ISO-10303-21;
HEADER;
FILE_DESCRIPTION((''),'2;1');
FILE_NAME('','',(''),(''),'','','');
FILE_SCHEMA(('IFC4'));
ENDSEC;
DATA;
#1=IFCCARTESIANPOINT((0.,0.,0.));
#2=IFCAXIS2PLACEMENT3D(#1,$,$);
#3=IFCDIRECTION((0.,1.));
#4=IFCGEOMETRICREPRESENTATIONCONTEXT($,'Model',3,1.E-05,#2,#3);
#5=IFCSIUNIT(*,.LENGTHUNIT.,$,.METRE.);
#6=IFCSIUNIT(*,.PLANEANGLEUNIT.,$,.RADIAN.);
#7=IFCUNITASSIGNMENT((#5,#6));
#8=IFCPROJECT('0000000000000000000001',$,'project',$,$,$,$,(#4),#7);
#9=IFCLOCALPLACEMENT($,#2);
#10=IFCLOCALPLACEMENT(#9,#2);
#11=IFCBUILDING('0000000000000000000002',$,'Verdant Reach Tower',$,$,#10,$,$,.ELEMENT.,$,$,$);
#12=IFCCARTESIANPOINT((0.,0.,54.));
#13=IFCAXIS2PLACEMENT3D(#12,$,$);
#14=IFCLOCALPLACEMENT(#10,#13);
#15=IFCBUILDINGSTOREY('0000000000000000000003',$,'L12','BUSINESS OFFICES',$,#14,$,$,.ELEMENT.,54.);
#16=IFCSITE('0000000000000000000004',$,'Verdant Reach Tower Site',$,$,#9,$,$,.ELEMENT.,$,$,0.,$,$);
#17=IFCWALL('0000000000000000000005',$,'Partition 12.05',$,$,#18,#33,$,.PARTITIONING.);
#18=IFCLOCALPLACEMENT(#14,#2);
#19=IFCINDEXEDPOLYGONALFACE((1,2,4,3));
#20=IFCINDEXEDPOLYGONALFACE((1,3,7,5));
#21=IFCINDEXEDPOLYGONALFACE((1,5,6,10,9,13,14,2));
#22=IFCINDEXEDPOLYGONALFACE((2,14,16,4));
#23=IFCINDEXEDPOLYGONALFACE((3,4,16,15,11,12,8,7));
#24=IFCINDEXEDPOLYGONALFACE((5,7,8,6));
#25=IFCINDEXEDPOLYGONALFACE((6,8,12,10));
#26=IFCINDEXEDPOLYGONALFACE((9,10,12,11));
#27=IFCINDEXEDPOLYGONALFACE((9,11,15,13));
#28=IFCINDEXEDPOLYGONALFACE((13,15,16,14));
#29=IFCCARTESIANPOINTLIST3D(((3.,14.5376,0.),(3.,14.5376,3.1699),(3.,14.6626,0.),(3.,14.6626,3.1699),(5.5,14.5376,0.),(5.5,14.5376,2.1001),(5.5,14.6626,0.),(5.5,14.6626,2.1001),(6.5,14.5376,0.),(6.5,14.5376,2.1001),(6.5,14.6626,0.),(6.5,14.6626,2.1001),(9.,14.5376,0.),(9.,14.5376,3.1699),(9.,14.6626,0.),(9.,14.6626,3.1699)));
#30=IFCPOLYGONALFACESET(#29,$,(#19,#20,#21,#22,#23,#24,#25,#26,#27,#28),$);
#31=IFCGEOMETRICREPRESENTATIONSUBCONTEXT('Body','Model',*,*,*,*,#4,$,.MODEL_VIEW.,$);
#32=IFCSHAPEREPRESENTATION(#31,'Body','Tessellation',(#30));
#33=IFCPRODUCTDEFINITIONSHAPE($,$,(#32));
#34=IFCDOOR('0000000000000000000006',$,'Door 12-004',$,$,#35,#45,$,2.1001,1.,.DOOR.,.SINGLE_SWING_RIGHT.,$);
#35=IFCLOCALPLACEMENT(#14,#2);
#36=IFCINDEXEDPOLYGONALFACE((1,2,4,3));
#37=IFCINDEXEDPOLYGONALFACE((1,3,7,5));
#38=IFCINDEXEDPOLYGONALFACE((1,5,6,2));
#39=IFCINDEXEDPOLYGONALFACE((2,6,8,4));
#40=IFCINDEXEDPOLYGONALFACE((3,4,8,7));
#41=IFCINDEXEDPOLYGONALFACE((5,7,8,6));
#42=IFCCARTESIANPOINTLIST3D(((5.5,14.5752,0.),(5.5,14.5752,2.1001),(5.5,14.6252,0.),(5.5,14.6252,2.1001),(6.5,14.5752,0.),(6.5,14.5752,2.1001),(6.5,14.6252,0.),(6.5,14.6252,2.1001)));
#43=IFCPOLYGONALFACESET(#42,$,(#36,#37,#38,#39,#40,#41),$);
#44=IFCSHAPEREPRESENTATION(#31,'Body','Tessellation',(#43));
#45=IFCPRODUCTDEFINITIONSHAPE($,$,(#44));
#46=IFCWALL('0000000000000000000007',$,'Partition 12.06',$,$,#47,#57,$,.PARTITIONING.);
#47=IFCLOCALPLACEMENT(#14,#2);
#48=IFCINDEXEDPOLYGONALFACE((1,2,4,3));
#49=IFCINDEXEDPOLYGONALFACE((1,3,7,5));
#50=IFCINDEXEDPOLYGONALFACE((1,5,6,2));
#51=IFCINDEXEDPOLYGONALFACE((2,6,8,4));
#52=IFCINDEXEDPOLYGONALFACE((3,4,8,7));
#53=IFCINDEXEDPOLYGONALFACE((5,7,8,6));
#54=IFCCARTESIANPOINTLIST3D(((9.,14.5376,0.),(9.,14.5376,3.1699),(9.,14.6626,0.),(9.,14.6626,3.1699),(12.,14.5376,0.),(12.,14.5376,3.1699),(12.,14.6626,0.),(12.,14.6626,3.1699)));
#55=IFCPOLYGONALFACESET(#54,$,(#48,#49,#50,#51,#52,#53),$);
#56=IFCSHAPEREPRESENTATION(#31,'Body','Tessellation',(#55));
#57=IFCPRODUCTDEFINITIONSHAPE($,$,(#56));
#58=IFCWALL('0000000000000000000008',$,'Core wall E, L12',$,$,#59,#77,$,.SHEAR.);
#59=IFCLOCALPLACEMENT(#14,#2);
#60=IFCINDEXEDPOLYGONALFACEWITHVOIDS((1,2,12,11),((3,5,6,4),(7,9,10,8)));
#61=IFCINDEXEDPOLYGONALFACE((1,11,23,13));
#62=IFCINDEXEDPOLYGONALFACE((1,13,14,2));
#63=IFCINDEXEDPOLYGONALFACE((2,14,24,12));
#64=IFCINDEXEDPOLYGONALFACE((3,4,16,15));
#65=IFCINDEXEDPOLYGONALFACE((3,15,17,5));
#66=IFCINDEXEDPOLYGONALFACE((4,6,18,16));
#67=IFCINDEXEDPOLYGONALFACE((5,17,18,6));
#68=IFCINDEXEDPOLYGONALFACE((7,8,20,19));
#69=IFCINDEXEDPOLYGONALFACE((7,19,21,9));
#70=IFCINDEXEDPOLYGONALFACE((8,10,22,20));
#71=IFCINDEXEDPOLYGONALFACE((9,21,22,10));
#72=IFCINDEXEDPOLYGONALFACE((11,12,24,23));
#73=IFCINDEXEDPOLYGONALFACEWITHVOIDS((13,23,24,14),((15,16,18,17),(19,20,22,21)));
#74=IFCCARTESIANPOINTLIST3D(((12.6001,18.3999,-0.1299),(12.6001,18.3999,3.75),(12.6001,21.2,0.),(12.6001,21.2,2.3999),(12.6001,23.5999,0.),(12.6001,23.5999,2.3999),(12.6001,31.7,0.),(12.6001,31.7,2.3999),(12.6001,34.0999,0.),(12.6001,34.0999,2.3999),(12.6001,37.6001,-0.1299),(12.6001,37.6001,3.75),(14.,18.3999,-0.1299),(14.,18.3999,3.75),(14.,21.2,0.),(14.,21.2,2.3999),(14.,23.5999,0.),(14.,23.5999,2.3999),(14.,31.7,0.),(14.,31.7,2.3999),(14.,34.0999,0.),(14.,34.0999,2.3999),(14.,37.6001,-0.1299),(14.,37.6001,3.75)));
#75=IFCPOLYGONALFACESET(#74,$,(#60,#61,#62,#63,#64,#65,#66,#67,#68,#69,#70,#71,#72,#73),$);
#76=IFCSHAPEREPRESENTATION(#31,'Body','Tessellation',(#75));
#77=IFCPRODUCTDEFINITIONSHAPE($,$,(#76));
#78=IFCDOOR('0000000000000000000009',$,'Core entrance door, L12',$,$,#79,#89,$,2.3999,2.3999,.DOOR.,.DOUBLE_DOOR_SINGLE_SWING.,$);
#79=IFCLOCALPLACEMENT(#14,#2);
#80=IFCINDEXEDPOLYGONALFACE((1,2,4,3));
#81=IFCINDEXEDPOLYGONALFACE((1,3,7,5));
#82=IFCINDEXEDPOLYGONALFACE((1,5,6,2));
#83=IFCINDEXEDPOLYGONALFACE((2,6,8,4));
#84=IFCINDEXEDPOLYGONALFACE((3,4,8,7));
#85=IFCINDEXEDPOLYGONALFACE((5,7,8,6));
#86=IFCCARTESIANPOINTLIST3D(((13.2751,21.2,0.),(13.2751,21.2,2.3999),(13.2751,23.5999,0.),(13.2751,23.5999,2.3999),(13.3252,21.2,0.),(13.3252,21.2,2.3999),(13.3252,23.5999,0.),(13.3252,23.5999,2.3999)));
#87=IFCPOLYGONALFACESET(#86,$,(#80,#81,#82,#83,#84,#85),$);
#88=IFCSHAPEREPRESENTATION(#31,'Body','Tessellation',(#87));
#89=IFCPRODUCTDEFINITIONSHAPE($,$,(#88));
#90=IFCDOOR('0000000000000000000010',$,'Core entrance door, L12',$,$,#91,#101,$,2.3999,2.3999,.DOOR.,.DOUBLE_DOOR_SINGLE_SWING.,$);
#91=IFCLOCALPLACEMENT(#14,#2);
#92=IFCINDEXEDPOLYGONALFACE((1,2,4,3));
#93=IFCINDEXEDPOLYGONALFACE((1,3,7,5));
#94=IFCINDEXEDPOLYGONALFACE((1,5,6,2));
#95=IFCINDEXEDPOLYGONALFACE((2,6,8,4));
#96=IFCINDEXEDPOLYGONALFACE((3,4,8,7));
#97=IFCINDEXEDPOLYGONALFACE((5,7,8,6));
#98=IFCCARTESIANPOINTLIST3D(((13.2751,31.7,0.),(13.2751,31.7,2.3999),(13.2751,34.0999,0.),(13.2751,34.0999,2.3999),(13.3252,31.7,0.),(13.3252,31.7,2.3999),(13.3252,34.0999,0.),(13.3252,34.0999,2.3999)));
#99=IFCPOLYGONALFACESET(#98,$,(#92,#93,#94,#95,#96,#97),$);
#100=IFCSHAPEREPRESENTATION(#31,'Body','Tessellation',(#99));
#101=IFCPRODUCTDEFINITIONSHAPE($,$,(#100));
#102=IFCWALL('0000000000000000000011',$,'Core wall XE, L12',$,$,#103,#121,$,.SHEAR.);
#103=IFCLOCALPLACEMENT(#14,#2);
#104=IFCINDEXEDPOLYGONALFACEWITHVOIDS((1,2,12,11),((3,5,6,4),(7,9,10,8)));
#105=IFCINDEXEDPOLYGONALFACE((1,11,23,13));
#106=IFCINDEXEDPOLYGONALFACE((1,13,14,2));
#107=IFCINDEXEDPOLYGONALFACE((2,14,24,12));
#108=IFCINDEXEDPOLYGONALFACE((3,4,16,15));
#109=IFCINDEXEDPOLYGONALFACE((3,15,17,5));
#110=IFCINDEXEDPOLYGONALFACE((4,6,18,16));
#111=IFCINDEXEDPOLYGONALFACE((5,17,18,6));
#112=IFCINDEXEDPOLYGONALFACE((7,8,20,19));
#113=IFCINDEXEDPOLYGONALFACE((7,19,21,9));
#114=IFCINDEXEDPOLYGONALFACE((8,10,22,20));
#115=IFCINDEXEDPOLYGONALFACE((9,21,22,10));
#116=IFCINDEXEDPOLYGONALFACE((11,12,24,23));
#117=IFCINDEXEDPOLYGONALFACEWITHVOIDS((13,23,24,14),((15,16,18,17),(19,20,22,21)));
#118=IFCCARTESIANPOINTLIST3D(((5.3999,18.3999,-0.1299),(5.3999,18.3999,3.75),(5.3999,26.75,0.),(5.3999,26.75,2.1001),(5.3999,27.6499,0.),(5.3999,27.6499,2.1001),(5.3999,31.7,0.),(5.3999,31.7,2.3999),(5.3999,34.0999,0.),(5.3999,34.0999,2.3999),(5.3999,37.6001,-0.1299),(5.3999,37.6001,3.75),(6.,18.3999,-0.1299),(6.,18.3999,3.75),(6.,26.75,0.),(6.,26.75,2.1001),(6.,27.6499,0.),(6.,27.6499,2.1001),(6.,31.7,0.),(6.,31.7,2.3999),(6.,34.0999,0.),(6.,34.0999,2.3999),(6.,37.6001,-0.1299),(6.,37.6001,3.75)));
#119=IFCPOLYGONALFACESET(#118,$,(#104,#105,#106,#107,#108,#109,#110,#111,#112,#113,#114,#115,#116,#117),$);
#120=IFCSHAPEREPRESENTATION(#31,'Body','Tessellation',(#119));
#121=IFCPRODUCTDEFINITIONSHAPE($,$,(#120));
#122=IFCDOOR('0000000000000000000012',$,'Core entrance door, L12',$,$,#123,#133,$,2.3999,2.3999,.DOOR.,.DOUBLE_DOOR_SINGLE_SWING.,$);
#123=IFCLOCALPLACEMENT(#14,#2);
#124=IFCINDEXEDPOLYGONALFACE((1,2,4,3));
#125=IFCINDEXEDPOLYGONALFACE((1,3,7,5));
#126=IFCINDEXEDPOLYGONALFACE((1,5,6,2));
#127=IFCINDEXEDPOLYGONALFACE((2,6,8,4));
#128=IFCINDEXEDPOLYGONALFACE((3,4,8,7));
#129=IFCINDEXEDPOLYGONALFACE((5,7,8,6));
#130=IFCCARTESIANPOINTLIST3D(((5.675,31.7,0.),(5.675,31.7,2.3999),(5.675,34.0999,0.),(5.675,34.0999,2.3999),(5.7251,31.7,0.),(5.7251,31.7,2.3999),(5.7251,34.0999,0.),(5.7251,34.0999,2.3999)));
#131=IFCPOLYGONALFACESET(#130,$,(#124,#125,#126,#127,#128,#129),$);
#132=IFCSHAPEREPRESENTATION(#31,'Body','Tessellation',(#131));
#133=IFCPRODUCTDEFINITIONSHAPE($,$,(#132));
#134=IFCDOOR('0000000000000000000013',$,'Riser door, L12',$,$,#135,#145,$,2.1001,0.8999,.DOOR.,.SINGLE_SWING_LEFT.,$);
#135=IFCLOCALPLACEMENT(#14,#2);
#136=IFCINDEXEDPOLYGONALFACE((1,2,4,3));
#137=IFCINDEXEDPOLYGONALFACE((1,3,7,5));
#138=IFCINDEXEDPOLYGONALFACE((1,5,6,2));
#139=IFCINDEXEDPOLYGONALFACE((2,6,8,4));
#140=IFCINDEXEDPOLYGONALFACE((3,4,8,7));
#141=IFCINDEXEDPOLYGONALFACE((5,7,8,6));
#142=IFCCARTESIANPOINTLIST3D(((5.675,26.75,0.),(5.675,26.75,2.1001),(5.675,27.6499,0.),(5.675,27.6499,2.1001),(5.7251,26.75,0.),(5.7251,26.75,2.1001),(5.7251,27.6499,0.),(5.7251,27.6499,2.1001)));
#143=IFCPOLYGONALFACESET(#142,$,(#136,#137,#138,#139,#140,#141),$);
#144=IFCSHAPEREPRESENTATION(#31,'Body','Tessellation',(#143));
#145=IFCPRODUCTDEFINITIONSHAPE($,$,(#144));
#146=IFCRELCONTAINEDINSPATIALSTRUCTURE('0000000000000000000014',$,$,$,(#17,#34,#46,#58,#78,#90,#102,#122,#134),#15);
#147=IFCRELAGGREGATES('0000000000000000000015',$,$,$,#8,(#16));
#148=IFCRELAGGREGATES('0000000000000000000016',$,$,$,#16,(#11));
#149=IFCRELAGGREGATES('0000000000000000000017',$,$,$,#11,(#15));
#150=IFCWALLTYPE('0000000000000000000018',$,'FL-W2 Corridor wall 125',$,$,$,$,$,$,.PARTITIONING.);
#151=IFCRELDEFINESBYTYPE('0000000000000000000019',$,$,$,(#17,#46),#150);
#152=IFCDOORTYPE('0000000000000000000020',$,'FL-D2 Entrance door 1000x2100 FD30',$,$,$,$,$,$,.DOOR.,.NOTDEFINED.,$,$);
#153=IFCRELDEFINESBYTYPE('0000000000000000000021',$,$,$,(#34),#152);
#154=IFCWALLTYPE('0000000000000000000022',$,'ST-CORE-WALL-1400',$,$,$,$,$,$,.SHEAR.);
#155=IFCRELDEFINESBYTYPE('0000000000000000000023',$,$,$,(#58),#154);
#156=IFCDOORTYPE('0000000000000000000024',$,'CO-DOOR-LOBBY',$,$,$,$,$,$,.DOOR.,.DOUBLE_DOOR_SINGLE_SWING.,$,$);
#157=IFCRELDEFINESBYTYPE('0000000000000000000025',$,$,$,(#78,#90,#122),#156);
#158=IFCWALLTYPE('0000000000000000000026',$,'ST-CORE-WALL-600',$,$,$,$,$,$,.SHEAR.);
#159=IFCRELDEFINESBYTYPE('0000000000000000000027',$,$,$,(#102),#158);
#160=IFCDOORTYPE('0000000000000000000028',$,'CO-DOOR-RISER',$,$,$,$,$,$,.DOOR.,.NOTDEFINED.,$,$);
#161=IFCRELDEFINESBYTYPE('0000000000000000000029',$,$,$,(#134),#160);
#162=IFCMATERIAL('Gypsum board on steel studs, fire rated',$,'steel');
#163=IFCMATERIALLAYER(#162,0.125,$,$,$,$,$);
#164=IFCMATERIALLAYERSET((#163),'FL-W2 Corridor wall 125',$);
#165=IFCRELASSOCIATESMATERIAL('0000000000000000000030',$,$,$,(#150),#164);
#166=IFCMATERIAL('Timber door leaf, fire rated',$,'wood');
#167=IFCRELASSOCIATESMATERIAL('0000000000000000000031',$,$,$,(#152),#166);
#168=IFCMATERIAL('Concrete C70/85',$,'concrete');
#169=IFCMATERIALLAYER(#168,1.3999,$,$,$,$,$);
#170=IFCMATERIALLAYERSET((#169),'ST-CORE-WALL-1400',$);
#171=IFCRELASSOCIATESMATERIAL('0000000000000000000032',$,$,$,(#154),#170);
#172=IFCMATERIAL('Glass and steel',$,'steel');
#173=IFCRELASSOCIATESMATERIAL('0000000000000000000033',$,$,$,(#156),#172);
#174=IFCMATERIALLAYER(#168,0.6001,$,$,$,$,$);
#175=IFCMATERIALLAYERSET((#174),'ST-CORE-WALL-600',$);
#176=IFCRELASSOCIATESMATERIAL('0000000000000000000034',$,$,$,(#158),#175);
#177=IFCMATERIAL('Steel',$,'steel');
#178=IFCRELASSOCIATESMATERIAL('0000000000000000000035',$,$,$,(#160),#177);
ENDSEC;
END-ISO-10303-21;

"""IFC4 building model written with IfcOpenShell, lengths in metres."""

from ifc_helpers import new_model, si_unit, direction, frame, frame_2d, origin, place, context, subcontext, project, spatial, rectangle, extrude, material, layer, layer_set, type_object, element, fill, save


model = new_model("IFC4")

# Units and contexts
model_context = context("Model", 3, precision=1e-05, world=origin(), true_north=direction((0.0, 1.0)))
body_context = subcontext(model_context, "Body", "Model", "MODEL_VIEW")
ifc_project = project(units=[si_unit("LENGTHUNIT", "METRE"), si_unit("PLANEANGLEUNIT", "RADIAN")], contexts=[model_context])

# Site, building, storey
site_placement = place(None, origin())
site = spatial("IfcSite", under=ifc_project, at=site_placement, Name="Verdant Reach Tower Site", CompositionType="ELEMENT", RefElevation=0.0)
building_placement = place(site_placement, origin())
building = spatial("IfcBuilding", under=site, at=building_placement, Name="Verdant Reach Tower", CompositionType="ELEMENT")
storey_placement = place(building_placement, frame((0.0, 0.0, 54.0)))
storey = spatial("IfcBuildingStorey", under=building, at=storey_placement, Name="L12", Description="BUSINESS OFFICES", CompositionType="ELEMENT", Elevation=54.0)

# Wall, opening, door
ifc_material_1 = material(Name="Gypsum board on steel studs, fire rated", Category="steel")
ifc_layer_1 = layer(ifc_material_1, 0.125)
ifc_layer_set_1 = layer_set([ifc_layer_1], Name="FL-W2 Corridor wall 125")
wall_type_1 = type_object("IfcWallType", Name="FL-W2 Corridor wall 125", PredefinedType="PARTITIONING", material=ifc_layer_set_1)
ifc_material_2 = material(Name="Timber door leaf, fire rated", Category="wood")
door_type_1 = type_object("IfcDoorType", Name="FL-D2 Entrance door 1000x2100 FD30", OperationType="NOTDEFINED", PredefinedType="DOOR", material=ifc_material_2)
wall_1_placement = place(storey_placement, frame((9.0, 14.6001, 0.0), z_axis=(0.0, 0.0, 1.0), x_axis=(-1.0, 0.0, 0.0)))
wall_1 = element("IfcWall", 1, at=wall_1_placement, inside=storey, type_object=wall_type_1, Name="Partition 12.05", PredefinedType="PARTITIONING", context=body_context, shape_type="SweptSolid", body=[
    extrude(rectangle(XDim=6.0, YDim=0.125, at=frame_2d((3.0, 0.0))), origin(), (0.0, 0.0, 1.0), 3.1699),
])
opening_1_placement = place(wall_1_placement, frame((2.5, 0.0, 0.0)))
opening_1 = element("IfcOpeningElement", 2, at=opening_1_placement, cuts=wall_1, PredefinedType="OPENING", context=body_context, shape_type="SweptSolid", body=[
    extrude(rectangle(XDim=1.0, YDim=2.1001, at=frame_2d((0.5, 1.05))), frame((0.0, 0.0725, 0.0), z_axis=(0.0, -1.0, 0.0), x_axis=(1.0, 0.0, 0.0)), (0.0, 0.0, 1.0), 0.145),
])
door_1_placement = place(opening_1_placement, origin())
door_1 = element("IfcDoor", 3, at=door_1_placement, inside=storey, type_object=door_type_1, Name="Door 12-004", OperationType="SINGLE_SWING_RIGHT", OverallHeight=2.1001, OverallWidth=1.0, PredefinedType="DOOR", context=body_context, shape_type="SweptSolid", body=[
    extrude(rectangle(XDim=1.0, YDim=2.1001, at=frame_2d((0.5, 1.05))), frame((0.0, 0.0249, 0.0), z_axis=(0.0, -1.0, 0.0), x_axis=(1.0, 0.0, 0.0)), (0.0, 0.0, 1.0), 0.05),
])
fill(opening_1, door_1)

# Wall
wall_2_placement = place(storey_placement, frame((9.0, 14.6001, 0.0), z_axis=(0.0, 0.0, 1.0), x_axis=(1.0, 0.0, 0.0)))
element("IfcWall", 4, at=wall_2_placement, inside=storey, type_object=wall_type_1, Name="Partition 12.06", PredefinedType="PARTITIONING", context=body_context, shape_type="SweptSolid", body=[
    extrude(rectangle(XDim=3.0, YDim=0.125, at=frame_2d((1.5, 0.0))), origin(), (0.0, 0.0, 1.0), 3.1699),
])

# Walls, openings, doors
ifc_material_3 = material(Name="Concrete C70/85", Category="concrete")
ifc_layer_2 = layer(ifc_material_3, 1.3999)
ifc_layer_set_2 = layer_set([ifc_layer_2], Name="ST-CORE-WALL-1400")
wall_type_2 = type_object("IfcWallType", Name="ST-CORE-WALL-1400", PredefinedType="SHEAR", material=ifc_layer_set_2)
wall_3_placement = place(storey_placement, frame((13.3, 18.3999, -0.1299), z_axis=(0.0, 0.0, 1.0), x_axis=(0.0, 1.0, 0.0)))
wall_3 = element("IfcWall", 5, at=wall_3_placement, inside=storey, type_object=wall_type_2, Name="Core wall E, L12", PredefinedType="SHEAR", context=body_context, shape_type="SweptSolid", body=[
    extrude(rectangle(XDim=19.2002, YDim=1.3999, at=frame_2d((9.6001, 0.0))), origin(), (0.0, 0.0, 1.0), 3.8799),
])
opening_2_placement = place(wall_3_placement, frame((2.8, 0.0, 0.1299)))
opening_2 = element("IfcOpeningElement", 6, at=opening_2_placement, cuts=wall_3, PredefinedType="OPENING", context=body_context, shape_type="SweptSolid", body=[
    extrude(rectangle(XDim=2.3999, YDim=2.3999, at=frame_2d((1.2, 1.2))), frame((0.0, 0.71, 0.0), z_axis=(0.0, -1.0, 0.0), x_axis=(1.0, 0.0, 0.0)), (0.0, 0.0, 1.0), 1.4199),
])
opening_3_placement = place(wall_3_placement, frame((13.3, 0.0, 0.1299)))
opening_3 = element("IfcOpeningElement", 7, at=opening_3_placement, cuts=wall_3, PredefinedType="OPENING", context=body_context, shape_type="SweptSolid", body=[
    extrude(rectangle(XDim=2.3999, YDim=2.3999, at=frame_2d((1.2, 1.2))), frame((0.0, 0.71, 0.0), z_axis=(0.0, -1.0, 0.0), x_axis=(1.0, 0.0, 0.0)), (0.0, 0.0, 1.0), 1.4199),
])
ifc_material_4 = material(Name="Glass and steel", Category="steel")
door_type_2 = type_object("IfcDoorType", Name="CO-DOOR-LOBBY", OperationType="DOUBLE_DOOR_SINGLE_SWING", PredefinedType="DOOR", material=ifc_material_4)
door_2_placement = place(opening_2_placement, origin())
door_2 = element("IfcDoor", 8, at=door_2_placement, inside=storey, type_object=door_type_2, Name="Core entrance door, L12", OperationType="DOUBLE_DOOR_SINGLE_SWING", OverallHeight=2.3999, OverallWidth=2.3999, PredefinedType="DOOR", context=body_context, shape_type="SweptSolid", body=[
    extrude(rectangle(XDim=2.3999, YDim=2.3999, at=frame_2d((1.2, 1.2))), frame((0.0, 0.0249, 0.0), z_axis=(0.0, -1.0, 0.0), x_axis=(1.0, 0.0, 0.0)), (0.0, 0.0, 1.0), 0.05),
])
fill(opening_2, door_2)
door_3_placement = place(opening_3_placement, origin())
door_3 = element("IfcDoor", 9, at=door_3_placement, inside=storey, type_object=door_type_2, Name="Core entrance door, L12", OperationType="DOUBLE_DOOR_SINGLE_SWING", OverallHeight=2.3999, OverallWidth=2.3999, PredefinedType="DOOR", context=body_context, shape_type="SweptSolid", body=[
    extrude(rectangle(XDim=2.3999, YDim=2.3999, at=frame_2d((1.2, 1.2))), frame((0.0, 0.0249, 0.0), z_axis=(0.0, -1.0, 0.0), x_axis=(1.0, 0.0, 0.0)), (0.0, 0.0, 1.0), 0.05),
])
fill(opening_3, door_3)
ifc_layer_3 = layer(ifc_material_3, 0.6001)
ifc_layer_set_3 = layer_set([ifc_layer_3], Name="ST-CORE-WALL-600")
wall_type_3 = type_object("IfcWallType", Name="ST-CORE-WALL-600", PredefinedType="SHEAR", material=ifc_layer_set_3)
wall_4_placement = place(storey_placement, frame((5.7, 18.3999, -0.1299), z_axis=(0.0, 0.0, 1.0), x_axis=(0.0, 1.0, 0.0)))
wall_4 = element("IfcWall", 10, at=wall_4_placement, inside=storey, type_object=wall_type_3, Name="Core wall XE, L12", PredefinedType="SHEAR", context=body_context, shape_type="SweptSolid", body=[
    extrude(rectangle(XDim=19.2002, YDim=0.6001, at=frame_2d((9.6001, 0.0))), origin(), (0.0, 0.0, 1.0), 3.8799),
])
opening_4_placement = place(wall_4_placement, frame((8.3501, 0.0, 0.1299)))
opening_4 = element("IfcOpeningElement", 11, at=opening_4_placement, cuts=wall_4, PredefinedType="OPENING", context=body_context, shape_type="SweptSolid", body=[
    extrude(rectangle(XDim=0.8999, YDim=2.1001, at=frame_2d((0.45, 1.05))), frame((0.0, 0.3101, 0.0), z_axis=(0.0, -1.0, 0.0), x_axis=(1.0, 0.0, 0.0)), (0.0, 0.0, 1.0), 0.6201),
])
opening_5_placement = place(wall_4_placement, frame((13.3, 0.0, 0.1299)))
opening_5 = element("IfcOpeningElement", 12, at=opening_5_placement, cuts=wall_4, PredefinedType="OPENING", context=body_context, shape_type="SweptSolid", body=[
    extrude(rectangle(XDim=2.3999, YDim=2.3999, at=frame_2d((1.2, 1.2))), frame((0.0, 0.3101, 0.0), z_axis=(0.0, -1.0, 0.0), x_axis=(1.0, 0.0, 0.0)), (0.0, 0.0, 1.0), 0.6201),
])
door_4_placement = place(opening_5_placement, origin())
door_4 = element("IfcDoor", 13, at=door_4_placement, inside=storey, type_object=door_type_2, Name="Core entrance door, L12", OperationType="DOUBLE_DOOR_SINGLE_SWING", OverallHeight=2.3999, OverallWidth=2.3999, PredefinedType="DOOR", context=body_context, shape_type="SweptSolid", body=[
    extrude(rectangle(XDim=2.3999, YDim=2.3999, at=frame_2d((1.2, 1.2))), frame((0.0, 0.0249, 0.0), z_axis=(0.0, -1.0, 0.0), x_axis=(1.0, 0.0, 0.0)), (0.0, 0.0, 1.0), 0.05),
])
fill(opening_5, door_4)
ifc_material_5 = material(Name="Steel", Category="steel")
door_type_3 = type_object("IfcDoorType", Name="CO-DOOR-RISER", OperationType="NOTDEFINED", PredefinedType="DOOR", material=ifc_material_5)
door_5_placement = place(opening_4_placement, origin())
door_5 = element("IfcDoor", 14, at=door_5_placement, inside=storey, type_object=door_type_3, Name="Riser door, L12", OperationType="SINGLE_SWING_LEFT", OverallHeight=2.1001, OverallWidth=0.8999, PredefinedType="DOOR", context=body_context, shape_type="SweptSolid", body=[
    extrude(rectangle(XDim=0.8999, YDim=2.1001, at=frame_2d((0.45, 1.05))), frame((0.0, 0.0249, 0.0), z_axis=(0.0, -1.0, 0.0), x_axis=(1.0, 0.0, 0.0)), (0.0, 0.0, 1.0), 0.05),
])
fill(opening_4, door_5)

save(model, "model.ifc")
